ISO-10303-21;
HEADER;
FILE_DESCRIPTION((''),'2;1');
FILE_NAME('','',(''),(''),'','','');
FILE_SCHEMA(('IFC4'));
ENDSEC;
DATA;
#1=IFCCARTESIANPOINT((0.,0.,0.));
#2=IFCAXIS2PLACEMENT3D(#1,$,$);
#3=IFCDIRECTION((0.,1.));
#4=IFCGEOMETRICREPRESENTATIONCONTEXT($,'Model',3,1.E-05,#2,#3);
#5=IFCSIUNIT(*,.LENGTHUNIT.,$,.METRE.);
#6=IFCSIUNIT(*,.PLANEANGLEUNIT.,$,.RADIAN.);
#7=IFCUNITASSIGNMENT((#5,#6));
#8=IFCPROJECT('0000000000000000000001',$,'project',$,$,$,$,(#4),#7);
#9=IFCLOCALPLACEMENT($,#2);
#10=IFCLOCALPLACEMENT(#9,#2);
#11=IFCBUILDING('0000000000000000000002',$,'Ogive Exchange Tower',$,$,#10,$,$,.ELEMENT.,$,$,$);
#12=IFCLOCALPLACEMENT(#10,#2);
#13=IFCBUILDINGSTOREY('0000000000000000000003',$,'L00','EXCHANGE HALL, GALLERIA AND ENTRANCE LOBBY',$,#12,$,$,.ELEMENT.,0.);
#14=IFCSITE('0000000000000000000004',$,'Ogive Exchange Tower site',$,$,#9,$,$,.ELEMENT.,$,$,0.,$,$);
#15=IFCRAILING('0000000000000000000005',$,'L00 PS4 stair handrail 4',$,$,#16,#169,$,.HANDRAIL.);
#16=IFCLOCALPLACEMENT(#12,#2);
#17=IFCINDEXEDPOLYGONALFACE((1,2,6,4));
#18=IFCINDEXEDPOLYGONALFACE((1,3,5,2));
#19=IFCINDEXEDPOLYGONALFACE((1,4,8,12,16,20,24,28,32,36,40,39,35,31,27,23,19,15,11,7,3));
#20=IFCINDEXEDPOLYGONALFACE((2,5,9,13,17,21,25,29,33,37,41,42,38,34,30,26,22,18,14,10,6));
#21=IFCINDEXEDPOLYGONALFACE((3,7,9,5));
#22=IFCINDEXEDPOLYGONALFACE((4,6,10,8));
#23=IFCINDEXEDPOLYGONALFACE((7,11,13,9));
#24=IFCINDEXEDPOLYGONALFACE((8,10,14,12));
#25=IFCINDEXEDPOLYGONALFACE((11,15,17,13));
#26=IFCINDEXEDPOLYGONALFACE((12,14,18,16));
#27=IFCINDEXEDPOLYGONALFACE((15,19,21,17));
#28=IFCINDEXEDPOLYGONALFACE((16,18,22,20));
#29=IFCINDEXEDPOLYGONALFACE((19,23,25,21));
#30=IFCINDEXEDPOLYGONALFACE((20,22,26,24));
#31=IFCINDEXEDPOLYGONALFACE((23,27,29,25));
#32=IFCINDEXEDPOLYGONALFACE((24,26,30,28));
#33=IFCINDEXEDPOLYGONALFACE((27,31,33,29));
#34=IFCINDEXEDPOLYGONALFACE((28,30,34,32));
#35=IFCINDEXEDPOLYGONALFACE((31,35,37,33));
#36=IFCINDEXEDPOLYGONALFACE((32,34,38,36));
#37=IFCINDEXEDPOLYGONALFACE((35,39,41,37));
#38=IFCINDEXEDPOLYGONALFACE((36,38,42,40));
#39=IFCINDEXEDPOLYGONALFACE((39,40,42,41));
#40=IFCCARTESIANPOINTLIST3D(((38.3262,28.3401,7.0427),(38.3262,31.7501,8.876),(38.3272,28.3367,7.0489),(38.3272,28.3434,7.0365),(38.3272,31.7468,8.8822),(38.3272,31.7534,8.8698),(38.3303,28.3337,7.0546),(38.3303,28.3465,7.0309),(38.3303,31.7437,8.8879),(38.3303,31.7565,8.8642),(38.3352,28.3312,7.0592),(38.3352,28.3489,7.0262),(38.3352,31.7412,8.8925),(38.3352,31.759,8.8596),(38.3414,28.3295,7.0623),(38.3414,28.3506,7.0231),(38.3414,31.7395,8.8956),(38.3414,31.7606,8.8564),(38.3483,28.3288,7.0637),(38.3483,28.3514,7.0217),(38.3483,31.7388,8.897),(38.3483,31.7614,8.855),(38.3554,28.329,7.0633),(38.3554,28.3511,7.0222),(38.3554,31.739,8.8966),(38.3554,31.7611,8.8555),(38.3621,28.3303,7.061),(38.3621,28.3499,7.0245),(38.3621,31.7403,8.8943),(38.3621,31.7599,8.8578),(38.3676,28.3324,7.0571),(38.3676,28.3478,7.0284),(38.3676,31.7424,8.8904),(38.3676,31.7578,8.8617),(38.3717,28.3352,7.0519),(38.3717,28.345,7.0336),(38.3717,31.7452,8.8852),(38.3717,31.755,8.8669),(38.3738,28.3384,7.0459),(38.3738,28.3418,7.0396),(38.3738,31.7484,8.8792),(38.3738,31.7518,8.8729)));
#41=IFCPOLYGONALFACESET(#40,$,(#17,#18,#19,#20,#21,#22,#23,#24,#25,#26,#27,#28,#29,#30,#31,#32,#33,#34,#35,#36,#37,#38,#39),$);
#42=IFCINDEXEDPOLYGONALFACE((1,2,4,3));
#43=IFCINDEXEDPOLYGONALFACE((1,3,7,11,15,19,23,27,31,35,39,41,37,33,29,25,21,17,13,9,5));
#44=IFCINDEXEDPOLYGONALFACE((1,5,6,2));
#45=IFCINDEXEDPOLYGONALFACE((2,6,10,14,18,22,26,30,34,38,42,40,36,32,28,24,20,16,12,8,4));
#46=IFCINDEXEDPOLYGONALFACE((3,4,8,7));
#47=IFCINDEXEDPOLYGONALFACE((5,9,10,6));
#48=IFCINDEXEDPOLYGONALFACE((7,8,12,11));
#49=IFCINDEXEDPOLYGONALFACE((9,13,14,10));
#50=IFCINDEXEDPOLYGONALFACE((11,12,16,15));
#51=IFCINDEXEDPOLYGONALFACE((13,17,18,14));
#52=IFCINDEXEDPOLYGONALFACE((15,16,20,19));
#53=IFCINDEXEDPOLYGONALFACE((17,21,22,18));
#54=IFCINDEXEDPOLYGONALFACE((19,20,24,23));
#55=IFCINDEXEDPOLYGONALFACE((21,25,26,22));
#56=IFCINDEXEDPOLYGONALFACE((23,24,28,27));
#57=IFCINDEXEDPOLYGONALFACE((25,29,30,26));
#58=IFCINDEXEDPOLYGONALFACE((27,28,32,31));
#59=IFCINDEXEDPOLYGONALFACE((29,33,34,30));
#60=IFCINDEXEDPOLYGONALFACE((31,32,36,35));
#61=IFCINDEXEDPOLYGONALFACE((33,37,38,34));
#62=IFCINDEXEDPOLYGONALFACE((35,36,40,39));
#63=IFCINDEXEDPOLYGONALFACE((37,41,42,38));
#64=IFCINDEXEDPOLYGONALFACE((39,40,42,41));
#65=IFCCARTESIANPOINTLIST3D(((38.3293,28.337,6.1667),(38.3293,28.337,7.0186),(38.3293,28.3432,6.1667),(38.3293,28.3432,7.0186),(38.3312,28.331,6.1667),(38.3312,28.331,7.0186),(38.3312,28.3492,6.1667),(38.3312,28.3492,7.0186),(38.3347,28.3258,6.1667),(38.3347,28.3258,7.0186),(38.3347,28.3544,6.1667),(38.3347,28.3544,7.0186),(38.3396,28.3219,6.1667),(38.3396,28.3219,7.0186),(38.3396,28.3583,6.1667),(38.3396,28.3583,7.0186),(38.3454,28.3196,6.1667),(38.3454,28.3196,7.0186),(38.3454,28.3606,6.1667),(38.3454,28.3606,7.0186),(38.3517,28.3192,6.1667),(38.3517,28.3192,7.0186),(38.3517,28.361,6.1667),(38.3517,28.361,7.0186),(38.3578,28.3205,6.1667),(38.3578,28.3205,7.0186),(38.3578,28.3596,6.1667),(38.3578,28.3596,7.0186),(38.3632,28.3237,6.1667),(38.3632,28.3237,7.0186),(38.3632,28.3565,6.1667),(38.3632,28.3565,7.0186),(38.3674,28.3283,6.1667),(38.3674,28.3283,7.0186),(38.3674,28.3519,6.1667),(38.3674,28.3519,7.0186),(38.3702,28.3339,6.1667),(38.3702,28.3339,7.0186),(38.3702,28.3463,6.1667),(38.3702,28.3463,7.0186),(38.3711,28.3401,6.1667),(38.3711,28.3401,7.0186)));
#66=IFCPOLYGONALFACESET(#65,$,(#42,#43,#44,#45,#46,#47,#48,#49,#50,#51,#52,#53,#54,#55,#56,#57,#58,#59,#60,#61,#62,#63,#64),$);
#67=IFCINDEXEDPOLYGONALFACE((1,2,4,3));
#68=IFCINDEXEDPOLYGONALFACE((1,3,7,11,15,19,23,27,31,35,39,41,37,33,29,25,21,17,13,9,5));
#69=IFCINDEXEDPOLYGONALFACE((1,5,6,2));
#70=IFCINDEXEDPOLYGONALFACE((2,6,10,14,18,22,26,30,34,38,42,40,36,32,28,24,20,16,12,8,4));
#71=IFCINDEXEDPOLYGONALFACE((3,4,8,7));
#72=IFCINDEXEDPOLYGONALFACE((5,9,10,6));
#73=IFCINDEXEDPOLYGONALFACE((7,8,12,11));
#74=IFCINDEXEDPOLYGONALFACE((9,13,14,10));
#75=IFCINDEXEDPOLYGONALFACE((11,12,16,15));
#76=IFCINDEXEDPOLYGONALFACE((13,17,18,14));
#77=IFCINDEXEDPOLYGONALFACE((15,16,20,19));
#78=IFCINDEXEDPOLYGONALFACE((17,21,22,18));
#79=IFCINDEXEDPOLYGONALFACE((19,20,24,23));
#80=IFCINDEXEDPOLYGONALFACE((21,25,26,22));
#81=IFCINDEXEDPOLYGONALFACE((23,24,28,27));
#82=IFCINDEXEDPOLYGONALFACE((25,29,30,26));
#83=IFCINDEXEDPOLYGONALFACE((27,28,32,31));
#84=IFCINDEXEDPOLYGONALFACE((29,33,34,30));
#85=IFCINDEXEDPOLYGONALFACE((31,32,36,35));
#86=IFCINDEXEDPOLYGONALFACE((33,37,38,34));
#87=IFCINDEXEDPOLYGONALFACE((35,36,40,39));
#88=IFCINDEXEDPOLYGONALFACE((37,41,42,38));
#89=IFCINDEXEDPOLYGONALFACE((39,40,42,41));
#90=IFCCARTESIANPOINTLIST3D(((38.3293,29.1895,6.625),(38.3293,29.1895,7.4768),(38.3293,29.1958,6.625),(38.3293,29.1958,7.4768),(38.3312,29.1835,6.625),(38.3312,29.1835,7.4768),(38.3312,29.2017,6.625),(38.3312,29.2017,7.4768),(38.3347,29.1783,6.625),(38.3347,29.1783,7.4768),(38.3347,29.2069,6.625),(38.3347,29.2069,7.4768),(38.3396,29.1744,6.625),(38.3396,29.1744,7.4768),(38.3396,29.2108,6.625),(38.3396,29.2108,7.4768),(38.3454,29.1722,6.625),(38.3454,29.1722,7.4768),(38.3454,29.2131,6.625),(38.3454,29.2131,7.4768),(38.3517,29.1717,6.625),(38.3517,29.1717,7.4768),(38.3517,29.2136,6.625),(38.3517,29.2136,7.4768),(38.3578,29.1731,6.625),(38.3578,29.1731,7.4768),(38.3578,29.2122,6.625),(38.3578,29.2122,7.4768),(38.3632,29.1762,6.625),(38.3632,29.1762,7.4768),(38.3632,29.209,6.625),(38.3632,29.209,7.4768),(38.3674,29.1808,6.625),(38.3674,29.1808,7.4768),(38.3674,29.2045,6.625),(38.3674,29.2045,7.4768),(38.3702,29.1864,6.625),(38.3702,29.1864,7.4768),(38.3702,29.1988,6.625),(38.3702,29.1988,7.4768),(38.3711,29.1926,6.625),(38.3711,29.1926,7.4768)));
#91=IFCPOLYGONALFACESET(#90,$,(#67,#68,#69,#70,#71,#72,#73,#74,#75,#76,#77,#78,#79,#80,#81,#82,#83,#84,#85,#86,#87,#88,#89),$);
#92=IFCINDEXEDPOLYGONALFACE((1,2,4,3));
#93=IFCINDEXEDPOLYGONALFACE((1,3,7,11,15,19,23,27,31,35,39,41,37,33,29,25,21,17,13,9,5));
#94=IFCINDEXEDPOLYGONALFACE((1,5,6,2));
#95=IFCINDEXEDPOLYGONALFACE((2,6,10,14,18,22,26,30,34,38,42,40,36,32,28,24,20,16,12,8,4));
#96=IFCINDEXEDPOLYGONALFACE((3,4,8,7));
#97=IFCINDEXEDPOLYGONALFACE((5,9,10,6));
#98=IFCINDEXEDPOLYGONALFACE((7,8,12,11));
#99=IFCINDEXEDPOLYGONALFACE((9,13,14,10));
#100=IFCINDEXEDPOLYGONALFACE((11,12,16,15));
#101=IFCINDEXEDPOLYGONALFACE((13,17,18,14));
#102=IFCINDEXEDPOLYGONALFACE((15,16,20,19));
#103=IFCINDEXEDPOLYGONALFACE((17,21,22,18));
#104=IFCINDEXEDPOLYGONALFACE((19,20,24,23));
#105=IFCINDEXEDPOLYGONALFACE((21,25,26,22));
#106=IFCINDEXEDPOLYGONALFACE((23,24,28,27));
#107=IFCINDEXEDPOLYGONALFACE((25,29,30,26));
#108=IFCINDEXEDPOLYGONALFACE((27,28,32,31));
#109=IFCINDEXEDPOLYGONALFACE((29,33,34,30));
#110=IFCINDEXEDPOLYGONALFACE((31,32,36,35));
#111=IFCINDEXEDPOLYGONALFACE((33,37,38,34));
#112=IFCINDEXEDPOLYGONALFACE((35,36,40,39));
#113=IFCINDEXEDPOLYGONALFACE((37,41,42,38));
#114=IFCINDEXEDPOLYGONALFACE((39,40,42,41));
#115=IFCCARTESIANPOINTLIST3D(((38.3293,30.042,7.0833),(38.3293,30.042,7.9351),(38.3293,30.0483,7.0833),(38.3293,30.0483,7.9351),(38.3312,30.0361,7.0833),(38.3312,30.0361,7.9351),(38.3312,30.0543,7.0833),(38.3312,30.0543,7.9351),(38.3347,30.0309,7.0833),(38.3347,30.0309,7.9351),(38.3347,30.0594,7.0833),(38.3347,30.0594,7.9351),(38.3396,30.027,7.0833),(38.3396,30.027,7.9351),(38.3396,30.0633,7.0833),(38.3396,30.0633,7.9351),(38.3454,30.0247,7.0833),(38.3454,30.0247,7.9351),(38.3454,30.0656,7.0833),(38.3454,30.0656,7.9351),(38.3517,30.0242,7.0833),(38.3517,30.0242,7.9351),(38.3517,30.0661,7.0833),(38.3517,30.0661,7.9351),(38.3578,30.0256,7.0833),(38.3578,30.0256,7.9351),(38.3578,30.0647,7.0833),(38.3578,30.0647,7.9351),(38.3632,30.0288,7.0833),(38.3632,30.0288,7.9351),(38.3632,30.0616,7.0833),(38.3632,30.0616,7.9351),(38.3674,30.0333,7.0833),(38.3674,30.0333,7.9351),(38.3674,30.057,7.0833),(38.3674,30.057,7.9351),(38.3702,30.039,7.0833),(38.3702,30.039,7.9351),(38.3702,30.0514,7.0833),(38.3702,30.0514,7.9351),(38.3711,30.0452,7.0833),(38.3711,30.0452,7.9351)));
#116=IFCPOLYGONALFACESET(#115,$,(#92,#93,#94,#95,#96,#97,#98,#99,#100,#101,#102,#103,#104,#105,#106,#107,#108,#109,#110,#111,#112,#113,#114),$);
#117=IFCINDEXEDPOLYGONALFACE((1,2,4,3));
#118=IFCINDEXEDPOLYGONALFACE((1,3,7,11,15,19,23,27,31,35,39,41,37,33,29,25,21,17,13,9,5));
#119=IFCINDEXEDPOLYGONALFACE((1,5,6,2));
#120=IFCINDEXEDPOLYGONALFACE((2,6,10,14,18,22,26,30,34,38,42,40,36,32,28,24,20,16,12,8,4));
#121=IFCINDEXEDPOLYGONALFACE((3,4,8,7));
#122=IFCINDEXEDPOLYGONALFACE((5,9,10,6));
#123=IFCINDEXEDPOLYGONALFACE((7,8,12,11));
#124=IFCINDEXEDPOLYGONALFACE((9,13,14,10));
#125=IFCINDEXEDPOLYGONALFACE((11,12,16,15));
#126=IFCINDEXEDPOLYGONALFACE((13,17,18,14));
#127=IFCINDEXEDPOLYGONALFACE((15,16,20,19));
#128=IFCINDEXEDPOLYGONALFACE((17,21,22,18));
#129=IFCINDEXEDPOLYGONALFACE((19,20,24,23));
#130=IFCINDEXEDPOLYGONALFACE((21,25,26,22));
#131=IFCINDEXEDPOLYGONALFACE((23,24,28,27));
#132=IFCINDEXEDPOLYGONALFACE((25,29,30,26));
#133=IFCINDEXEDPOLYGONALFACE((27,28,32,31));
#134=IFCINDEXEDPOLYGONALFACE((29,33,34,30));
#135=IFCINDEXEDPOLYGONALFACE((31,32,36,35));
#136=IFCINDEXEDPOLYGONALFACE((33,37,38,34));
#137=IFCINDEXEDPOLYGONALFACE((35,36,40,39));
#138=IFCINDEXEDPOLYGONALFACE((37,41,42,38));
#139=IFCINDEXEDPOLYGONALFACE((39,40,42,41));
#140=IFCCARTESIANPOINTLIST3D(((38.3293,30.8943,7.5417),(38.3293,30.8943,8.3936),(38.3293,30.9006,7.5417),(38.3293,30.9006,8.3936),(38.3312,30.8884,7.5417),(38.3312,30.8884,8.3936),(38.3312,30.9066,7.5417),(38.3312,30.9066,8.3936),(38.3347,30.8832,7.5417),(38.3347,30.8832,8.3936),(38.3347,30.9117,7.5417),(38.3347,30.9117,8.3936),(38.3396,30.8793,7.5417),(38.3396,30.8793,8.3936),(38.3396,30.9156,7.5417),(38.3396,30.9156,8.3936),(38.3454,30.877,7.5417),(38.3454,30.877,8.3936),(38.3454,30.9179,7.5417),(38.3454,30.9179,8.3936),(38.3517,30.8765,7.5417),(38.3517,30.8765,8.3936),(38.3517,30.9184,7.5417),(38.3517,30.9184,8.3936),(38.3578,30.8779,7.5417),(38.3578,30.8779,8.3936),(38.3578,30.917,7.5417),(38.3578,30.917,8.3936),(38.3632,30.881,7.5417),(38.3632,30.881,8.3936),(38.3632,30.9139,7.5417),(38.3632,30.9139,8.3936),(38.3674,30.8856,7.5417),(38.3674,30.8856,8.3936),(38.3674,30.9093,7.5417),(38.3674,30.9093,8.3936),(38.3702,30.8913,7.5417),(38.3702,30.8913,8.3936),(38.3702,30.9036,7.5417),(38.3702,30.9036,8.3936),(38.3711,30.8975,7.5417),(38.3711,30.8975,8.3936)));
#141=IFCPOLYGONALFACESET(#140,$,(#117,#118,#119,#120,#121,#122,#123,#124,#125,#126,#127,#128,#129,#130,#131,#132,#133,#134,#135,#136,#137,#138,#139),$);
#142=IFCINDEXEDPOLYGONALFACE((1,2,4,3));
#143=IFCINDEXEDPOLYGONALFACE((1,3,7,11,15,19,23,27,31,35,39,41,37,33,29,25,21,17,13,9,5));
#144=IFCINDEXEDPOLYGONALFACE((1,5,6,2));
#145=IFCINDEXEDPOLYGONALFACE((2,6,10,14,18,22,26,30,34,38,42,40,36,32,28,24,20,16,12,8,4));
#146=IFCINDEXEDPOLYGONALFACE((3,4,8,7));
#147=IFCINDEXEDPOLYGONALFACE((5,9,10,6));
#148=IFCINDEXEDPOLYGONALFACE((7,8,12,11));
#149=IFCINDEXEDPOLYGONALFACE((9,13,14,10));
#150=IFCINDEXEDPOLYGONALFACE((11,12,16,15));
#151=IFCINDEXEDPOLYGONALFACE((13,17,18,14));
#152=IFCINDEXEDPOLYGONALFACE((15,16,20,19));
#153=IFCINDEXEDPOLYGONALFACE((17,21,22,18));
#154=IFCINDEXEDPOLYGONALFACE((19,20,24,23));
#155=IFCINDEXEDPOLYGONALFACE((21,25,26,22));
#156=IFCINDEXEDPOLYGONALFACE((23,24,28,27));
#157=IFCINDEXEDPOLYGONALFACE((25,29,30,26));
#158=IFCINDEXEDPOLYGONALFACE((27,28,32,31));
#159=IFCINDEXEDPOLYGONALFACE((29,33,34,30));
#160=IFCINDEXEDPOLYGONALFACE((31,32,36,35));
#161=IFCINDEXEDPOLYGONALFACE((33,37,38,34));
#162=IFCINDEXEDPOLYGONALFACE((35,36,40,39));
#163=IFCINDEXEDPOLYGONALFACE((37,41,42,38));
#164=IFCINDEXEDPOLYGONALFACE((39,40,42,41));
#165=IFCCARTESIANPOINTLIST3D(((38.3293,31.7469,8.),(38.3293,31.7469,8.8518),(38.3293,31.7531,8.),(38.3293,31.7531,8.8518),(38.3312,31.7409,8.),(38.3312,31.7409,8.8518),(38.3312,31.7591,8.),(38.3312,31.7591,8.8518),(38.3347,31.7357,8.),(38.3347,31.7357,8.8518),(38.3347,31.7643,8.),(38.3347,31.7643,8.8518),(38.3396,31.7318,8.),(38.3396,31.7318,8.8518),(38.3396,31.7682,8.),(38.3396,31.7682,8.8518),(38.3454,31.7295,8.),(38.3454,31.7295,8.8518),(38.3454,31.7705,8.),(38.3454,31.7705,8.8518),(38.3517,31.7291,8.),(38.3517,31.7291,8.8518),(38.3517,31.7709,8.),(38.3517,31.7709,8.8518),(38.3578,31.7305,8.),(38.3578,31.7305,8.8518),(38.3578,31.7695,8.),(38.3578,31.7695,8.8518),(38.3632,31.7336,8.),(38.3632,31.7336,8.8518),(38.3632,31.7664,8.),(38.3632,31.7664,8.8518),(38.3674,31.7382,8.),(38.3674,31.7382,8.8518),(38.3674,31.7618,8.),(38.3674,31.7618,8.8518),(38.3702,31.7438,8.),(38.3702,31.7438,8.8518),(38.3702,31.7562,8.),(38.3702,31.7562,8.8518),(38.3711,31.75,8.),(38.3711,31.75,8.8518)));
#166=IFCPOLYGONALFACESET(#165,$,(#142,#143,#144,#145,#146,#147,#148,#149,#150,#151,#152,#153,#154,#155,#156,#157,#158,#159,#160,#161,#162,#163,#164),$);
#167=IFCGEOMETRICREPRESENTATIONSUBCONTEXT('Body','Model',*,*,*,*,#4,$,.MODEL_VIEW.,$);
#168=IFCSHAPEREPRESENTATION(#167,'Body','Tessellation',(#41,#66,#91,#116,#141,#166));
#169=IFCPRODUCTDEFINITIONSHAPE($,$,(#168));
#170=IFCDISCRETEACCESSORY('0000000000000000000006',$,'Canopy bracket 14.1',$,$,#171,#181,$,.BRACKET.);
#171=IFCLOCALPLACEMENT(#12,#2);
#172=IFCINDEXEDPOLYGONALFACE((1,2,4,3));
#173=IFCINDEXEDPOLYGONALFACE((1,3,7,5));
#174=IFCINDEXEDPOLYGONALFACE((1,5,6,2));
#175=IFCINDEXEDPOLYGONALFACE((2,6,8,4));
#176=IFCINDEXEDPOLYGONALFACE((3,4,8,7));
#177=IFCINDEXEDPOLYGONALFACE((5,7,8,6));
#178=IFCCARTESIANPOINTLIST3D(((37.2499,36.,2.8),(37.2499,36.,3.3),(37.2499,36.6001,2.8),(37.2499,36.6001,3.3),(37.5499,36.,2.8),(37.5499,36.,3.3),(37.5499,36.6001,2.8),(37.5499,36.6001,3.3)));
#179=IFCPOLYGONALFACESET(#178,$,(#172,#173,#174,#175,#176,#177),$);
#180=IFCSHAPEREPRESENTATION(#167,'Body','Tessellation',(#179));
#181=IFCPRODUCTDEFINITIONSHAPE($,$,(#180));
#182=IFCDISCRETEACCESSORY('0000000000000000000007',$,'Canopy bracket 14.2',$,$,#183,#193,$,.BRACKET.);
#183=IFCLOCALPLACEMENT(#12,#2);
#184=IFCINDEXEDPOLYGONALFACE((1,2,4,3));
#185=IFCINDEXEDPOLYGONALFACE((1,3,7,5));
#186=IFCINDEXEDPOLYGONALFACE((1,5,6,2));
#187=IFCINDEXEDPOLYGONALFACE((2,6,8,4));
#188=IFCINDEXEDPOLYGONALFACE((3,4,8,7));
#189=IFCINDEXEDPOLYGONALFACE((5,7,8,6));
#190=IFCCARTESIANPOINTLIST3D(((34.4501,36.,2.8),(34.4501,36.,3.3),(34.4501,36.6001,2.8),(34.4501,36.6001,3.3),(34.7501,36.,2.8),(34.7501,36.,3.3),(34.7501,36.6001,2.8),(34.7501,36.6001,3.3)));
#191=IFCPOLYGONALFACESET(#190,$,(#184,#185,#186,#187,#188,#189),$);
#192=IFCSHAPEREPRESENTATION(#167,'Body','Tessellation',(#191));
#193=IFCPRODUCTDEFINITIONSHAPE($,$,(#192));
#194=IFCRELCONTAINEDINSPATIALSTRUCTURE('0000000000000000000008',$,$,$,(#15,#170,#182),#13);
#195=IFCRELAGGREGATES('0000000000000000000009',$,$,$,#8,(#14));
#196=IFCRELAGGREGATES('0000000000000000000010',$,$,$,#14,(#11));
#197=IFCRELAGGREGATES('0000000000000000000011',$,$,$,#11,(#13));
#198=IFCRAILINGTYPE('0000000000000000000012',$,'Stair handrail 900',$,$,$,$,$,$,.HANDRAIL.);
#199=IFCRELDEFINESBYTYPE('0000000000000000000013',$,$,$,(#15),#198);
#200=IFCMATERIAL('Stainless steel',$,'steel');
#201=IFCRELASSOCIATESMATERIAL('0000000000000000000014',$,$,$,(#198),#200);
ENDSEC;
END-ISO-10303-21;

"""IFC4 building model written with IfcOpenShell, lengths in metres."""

from ifc_helpers import new_model, si_unit, direction, frame, origin, origin_2d, place, context, subcontext, project, spatial, rectangle, circle, extrude, material, type_object, element, save


model = new_model("IFC4")

# Units and contexts
model_context = context("Model", 3, precision=1e-05, world=origin(), true_north=direction((0.0, 1.0)))
body_context = subcontext(model_context, "Body", "Model", "MODEL_VIEW")
ifc_project = project(units=[si_unit("LENGTHUNIT", "METRE"), si_unit("PLANEANGLEUNIT", "RADIAN")], contexts=[model_context])

# Site, building, storey
site_placement = place(None, origin())
site = spatial("IfcSite", under=ifc_project, at=site_placement, Name="Ogive Exchange Tower site", CompositionType="ELEMENT", RefElevation=0.0)
building_placement = place(site_placement, origin())
building = spatial("IfcBuilding", under=site, at=building_placement, Name="Ogive Exchange Tower", CompositionType="ELEMENT")
storey_placement = place(building_placement, origin())
storey = spatial("IfcBuildingStorey", under=building, at=storey_placement, Name="L00", Description="EXCHANGE HALL, GALLERIA AND ENTRANCE LOBBY", CompositionType="ELEMENT", Elevation=0.0)

# Railing
ifc_material_1 = material(Name="Stainless steel", Category="steel")
railing_type = type_object("IfcRailingType", Name="Stair handrail 900", PredefinedType="HANDRAIL", material=ifc_material_1)
railing_1_placement = place(storey_placement, frame((38.3501, 28.3401, 6.1667)))
element("IfcRailing", 1, at=railing_1_placement, inside=storey, type_object=railing_type, Name="L00 PS4 stair handrail 4", PredefinedType="HANDRAIL", context=body_context, shape_type="SweptSolid", body=[
    extrude(circle(Radius=0.0239, at=origin_2d()), frame((0.0, 0.0, 0.876), z_axis=(0.0, 0.880779, 0.473528), x_axis=(-1.0, 0.0, 0.0)), (0.0, 0.0, 1.0), 3.8716),
    extrude(circle(Radius=0.021, at=origin_2d()), origin(), (0.0, 0.0, 1.0), 0.8518),
    extrude(circle(Radius=0.021, at=origin_2d()), frame((0.0, 0.8525, 0.4583)), (0.0, 0.0, 1.0), 0.8518),
    extrude(circle(Radius=0.021, at=origin_2d()), frame((0.0, 1.7051, 0.9165)), (0.0, 0.0, 1.0), 0.8518),
    extrude(circle(Radius=0.021, at=origin_2d()), frame((0.0, 2.5574, 1.375)), (0.0, 0.0, 1.0), 0.8518),
    extrude(circle(Radius=0.021, at=origin_2d()), frame((0.0, 3.4099, 1.8333)), (0.0, 0.0, 1.0), 0.8518),
])

# Discrete accessories
for number, where, z_axis, x_axis, name in (
    (2, (37.3999, 36.3, 2.8), (0.0, 0.0, 1.0), (-1.0, 0.0, 0.0), "Canopy bracket 14.1"),
    (3, (34.6001, 36.3, 2.8), (0.0, 0.0, 1.0), (-1.0, 0.0, 0.0), "Canopy bracket 14.2"),
):
    element("IfcDiscreteAccessory", number, at=place(storey_placement, frame(where, z_axis=z_axis, x_axis=x_axis)), inside=storey, Name=name, PredefinedType="BRACKET", context=body_context, shape_type="SweptSolid", body=[
        extrude(rectangle(XDim=0.3, YDim=0.6001, at=origin_2d()), origin(), (0.0, 0.0, 1.0), 0.5),
    ])

save(model, "model.ifc")
